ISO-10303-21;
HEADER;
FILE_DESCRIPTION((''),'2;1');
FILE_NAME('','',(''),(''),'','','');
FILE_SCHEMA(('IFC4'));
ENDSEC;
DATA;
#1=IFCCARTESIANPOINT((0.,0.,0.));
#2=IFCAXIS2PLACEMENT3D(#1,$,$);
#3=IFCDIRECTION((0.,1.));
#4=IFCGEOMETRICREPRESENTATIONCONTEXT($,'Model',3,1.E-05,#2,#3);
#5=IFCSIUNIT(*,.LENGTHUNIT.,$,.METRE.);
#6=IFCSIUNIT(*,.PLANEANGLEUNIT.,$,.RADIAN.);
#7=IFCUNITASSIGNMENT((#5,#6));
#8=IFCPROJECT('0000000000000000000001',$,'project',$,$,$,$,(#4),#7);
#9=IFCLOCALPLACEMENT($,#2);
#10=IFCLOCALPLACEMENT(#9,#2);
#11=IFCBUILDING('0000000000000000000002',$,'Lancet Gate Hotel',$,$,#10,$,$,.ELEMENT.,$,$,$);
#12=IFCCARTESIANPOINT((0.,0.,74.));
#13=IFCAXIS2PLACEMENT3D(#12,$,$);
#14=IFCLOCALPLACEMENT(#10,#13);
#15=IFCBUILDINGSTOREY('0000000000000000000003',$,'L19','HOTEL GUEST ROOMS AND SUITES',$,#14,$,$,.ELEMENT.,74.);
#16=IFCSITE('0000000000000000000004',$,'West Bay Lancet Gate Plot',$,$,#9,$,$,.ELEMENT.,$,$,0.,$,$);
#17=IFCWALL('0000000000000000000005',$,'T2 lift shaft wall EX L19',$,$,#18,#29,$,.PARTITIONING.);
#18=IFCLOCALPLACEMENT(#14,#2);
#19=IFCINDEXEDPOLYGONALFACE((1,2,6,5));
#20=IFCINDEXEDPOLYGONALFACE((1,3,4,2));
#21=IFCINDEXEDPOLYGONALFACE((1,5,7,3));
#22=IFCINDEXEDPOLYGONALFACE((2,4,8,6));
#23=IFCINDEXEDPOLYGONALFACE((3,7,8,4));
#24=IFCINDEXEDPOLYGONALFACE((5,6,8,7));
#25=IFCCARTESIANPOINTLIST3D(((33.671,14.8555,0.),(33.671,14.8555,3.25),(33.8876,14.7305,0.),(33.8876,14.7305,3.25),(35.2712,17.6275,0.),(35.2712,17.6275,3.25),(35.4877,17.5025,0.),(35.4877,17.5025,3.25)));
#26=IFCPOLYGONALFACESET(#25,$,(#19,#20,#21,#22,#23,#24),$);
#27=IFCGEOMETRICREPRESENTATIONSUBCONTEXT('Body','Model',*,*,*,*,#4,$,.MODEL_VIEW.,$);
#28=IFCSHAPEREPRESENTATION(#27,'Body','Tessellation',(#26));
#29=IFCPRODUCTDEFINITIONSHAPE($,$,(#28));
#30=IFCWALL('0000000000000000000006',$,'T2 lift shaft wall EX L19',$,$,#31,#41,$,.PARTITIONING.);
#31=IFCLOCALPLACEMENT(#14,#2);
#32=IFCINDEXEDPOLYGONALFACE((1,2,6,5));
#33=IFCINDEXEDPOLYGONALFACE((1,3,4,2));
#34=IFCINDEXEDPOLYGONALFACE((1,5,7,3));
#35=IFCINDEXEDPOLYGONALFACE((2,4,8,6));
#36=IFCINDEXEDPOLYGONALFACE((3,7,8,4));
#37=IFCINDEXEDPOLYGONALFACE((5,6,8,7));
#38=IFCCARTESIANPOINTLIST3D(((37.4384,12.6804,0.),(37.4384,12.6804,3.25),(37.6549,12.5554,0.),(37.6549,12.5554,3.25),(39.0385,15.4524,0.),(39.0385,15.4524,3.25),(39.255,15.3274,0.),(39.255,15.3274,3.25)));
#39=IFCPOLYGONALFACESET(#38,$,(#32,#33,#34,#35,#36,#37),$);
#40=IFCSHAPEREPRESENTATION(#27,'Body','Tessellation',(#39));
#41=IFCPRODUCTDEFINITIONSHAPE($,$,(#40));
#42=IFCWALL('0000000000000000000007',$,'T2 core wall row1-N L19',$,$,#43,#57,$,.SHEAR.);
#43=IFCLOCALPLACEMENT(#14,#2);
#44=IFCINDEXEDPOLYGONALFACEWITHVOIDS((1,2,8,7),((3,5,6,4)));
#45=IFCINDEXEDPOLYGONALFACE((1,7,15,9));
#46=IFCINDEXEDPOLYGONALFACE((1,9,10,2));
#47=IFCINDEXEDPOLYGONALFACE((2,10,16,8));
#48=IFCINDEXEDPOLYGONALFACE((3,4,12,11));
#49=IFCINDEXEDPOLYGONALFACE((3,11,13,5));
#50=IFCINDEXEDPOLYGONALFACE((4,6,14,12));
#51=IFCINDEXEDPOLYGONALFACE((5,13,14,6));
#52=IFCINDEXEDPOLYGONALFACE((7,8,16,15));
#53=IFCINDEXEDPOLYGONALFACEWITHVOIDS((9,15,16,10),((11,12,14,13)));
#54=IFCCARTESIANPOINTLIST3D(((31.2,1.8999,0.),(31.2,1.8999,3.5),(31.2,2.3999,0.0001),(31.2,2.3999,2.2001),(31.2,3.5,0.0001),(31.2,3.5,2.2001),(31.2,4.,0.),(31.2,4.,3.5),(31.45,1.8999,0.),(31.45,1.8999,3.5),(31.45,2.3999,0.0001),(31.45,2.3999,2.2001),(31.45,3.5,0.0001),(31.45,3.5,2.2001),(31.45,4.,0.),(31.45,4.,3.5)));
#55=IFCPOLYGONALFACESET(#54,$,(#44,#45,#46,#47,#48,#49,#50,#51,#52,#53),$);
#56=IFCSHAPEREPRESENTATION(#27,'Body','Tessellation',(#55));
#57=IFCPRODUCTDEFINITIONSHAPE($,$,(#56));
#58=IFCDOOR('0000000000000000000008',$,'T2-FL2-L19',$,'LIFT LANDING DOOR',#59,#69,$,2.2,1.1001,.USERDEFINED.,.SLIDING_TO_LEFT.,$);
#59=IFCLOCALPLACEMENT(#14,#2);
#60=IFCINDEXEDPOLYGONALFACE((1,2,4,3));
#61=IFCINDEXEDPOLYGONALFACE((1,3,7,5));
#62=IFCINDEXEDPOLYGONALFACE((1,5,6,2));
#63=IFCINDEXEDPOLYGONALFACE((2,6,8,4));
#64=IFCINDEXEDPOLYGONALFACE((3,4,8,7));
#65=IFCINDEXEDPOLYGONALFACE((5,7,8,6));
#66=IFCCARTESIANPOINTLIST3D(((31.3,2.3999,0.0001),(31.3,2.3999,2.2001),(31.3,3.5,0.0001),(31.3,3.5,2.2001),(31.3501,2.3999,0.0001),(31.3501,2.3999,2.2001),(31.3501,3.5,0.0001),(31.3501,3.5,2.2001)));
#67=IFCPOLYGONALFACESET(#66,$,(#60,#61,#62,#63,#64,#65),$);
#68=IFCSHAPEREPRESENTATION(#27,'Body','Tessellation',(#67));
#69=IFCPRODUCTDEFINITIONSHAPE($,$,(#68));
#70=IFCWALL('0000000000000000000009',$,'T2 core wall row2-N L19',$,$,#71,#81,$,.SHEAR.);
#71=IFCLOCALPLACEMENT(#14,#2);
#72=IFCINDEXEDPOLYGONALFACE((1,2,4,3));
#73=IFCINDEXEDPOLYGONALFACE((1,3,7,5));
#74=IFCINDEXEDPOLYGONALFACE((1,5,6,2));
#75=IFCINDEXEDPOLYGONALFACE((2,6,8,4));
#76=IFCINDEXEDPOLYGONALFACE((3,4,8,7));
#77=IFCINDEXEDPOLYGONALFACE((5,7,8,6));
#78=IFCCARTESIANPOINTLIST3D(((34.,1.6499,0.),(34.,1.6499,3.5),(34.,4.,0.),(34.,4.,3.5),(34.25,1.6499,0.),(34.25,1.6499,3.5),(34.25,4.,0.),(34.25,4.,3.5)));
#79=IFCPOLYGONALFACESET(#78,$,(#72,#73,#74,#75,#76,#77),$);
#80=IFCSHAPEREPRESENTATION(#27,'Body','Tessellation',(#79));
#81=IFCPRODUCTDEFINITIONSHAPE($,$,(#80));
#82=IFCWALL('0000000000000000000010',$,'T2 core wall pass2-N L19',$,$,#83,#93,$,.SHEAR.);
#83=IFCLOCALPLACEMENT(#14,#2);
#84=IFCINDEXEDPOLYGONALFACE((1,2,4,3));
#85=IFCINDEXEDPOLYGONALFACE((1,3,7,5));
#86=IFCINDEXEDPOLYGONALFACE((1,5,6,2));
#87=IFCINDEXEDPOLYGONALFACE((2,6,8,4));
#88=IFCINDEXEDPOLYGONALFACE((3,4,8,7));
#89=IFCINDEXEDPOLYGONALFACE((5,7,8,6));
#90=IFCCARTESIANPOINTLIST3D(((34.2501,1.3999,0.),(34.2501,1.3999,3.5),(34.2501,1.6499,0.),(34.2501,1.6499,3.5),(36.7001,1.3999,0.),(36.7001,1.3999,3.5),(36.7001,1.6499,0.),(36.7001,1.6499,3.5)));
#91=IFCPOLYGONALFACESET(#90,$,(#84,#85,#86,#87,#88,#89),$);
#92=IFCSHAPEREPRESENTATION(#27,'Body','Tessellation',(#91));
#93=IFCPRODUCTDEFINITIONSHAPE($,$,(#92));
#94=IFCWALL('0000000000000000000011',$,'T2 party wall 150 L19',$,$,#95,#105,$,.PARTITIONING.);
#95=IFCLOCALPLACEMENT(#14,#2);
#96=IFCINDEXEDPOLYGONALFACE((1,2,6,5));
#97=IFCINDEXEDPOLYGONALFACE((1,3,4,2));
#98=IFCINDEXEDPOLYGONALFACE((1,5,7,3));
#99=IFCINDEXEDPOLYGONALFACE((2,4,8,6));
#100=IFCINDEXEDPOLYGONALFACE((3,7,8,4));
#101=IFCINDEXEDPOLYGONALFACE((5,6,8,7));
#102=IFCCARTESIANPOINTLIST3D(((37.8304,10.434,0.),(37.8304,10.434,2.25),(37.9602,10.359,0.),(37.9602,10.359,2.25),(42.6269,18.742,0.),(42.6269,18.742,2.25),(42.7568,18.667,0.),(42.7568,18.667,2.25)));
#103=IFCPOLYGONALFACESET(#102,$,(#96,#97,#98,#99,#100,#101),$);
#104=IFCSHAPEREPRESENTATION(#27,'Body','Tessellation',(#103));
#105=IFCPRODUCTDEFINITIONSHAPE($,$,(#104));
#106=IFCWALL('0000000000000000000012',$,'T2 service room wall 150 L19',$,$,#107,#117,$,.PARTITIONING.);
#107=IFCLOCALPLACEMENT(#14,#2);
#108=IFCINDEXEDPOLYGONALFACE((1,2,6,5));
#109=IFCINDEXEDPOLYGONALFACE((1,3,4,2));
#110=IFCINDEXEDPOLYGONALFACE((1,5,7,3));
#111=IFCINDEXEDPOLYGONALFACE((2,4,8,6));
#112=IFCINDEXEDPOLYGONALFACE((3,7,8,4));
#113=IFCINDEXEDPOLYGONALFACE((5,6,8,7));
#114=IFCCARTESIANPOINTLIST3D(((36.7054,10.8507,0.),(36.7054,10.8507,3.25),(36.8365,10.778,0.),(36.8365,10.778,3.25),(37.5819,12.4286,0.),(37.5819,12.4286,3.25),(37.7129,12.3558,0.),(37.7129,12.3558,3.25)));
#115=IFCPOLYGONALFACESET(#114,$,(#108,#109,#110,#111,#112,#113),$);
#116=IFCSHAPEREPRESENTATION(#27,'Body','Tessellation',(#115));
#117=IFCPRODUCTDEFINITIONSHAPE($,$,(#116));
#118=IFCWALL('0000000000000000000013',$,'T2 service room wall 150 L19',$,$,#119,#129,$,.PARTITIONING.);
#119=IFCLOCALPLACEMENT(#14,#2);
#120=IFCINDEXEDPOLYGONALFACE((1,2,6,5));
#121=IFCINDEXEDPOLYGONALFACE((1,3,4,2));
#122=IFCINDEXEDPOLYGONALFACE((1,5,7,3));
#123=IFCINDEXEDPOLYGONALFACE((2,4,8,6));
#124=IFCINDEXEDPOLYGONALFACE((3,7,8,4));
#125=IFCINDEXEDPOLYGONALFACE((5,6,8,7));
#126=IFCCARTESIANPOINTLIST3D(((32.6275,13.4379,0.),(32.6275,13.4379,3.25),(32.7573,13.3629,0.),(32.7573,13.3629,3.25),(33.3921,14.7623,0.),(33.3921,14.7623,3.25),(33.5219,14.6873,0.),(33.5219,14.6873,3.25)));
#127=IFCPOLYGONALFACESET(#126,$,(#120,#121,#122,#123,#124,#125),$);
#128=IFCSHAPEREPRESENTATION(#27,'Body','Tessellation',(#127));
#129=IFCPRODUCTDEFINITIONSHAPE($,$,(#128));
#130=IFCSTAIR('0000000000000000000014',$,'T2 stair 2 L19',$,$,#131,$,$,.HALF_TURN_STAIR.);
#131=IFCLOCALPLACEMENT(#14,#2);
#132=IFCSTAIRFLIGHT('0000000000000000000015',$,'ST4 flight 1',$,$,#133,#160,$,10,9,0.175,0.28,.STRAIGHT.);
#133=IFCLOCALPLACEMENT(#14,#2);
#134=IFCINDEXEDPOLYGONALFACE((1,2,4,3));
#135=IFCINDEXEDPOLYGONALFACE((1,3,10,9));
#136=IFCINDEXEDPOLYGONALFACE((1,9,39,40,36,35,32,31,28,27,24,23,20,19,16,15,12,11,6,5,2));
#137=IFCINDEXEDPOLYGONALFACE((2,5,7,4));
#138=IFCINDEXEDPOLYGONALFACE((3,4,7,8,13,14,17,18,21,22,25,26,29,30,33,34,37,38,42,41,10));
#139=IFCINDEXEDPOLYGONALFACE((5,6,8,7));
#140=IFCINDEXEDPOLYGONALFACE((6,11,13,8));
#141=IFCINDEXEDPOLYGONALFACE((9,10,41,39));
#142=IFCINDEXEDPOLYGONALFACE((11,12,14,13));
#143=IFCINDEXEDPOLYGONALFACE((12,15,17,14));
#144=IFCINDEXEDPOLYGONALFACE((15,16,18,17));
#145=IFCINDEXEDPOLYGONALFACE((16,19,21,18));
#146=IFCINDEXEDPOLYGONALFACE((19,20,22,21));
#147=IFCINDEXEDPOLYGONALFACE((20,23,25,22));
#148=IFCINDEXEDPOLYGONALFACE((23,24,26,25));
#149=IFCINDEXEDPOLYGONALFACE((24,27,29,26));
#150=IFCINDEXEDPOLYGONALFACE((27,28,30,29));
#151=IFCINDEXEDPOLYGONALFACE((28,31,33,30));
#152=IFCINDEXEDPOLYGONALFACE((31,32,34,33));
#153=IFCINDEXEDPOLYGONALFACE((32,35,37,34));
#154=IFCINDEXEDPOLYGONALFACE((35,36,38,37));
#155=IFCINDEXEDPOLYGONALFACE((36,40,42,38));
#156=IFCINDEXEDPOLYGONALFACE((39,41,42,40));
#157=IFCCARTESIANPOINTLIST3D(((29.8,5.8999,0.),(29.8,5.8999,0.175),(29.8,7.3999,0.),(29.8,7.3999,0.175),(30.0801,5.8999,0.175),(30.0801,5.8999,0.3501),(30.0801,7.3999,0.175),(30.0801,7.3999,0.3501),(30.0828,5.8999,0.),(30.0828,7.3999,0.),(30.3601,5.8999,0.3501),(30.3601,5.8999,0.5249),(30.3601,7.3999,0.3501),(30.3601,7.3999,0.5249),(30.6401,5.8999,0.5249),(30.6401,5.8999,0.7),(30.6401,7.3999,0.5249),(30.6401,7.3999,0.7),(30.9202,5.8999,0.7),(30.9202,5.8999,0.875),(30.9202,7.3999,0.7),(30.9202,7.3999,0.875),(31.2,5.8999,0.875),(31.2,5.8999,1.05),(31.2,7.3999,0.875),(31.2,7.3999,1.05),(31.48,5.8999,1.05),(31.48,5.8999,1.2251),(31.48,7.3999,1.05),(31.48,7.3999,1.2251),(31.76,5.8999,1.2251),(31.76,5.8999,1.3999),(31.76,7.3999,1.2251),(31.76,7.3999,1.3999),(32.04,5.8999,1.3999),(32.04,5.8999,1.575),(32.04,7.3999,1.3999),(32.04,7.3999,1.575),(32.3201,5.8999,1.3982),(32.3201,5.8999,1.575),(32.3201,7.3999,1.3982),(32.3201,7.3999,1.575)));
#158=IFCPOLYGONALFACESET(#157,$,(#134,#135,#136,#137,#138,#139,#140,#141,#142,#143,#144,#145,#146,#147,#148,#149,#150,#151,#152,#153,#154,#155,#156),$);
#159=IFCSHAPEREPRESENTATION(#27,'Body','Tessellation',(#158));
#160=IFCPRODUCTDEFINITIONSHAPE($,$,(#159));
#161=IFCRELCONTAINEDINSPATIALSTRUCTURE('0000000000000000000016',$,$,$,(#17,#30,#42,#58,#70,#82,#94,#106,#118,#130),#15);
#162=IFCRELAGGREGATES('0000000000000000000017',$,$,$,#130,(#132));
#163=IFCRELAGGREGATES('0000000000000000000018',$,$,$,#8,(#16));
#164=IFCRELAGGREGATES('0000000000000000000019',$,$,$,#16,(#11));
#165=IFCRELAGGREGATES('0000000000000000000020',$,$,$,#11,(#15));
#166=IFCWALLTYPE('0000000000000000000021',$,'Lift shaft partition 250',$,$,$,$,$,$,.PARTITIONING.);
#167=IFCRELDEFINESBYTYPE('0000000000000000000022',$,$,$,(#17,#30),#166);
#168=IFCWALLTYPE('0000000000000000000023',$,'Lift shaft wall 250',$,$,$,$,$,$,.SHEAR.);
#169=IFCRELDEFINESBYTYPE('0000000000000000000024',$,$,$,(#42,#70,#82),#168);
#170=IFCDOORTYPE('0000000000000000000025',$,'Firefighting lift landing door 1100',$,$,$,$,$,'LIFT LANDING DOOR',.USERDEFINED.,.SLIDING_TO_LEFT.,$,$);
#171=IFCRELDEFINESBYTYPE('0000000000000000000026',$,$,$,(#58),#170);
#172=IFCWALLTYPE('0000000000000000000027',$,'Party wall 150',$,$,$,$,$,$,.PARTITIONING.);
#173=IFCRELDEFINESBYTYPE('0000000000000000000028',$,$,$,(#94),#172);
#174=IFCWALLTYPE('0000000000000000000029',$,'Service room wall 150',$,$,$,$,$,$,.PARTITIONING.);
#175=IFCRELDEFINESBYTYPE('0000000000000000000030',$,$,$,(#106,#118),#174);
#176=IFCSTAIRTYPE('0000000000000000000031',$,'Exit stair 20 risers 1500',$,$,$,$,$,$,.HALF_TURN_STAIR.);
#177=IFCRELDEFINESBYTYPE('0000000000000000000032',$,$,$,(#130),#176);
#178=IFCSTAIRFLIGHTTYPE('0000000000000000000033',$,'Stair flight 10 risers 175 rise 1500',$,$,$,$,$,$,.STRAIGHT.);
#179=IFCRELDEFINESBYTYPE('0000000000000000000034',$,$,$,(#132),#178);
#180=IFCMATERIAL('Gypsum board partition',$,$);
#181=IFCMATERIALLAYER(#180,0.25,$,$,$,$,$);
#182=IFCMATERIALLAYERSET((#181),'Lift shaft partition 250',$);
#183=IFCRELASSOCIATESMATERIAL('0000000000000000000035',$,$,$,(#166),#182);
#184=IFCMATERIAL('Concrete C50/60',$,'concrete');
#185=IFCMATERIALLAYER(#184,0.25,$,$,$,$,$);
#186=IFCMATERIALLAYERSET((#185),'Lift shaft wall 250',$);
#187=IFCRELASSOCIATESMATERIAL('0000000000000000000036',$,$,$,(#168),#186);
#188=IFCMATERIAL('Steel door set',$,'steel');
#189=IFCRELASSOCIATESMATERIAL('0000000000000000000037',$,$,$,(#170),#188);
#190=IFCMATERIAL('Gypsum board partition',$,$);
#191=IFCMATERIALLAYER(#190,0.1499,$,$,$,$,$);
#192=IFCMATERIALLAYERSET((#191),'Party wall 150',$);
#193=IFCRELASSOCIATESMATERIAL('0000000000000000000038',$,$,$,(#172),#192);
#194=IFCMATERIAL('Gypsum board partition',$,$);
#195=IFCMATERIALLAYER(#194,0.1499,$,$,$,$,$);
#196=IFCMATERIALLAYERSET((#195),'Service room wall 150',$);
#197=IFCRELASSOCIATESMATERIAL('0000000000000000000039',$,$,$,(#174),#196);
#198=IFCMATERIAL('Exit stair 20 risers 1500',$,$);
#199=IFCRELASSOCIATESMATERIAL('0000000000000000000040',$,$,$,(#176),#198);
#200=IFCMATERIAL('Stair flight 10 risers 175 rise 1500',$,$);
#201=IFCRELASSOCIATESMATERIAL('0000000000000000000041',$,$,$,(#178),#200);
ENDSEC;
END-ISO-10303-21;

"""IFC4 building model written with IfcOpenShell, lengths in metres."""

from ifc_helpers import new_model, si_unit, direction, frame, frame_2d, origin, place, context, subcontext, project, spatial, polyline, rectangle, outline, extrude, material, layer, layer_set, type_object, element, fill, aggregate, save


model = new_model("IFC4")

# Units and contexts
model_context = context("Model", 3, precision=1e-05, world=origin(), true_north=direction((0.0, 1.0)))
body_context = subcontext(model_context, "Body", "Model", "MODEL_VIEW")
ifc_project = project(units=[si_unit("LENGTHUNIT", "METRE"), si_unit("PLANEANGLEUNIT", "RADIAN")], contexts=[model_context])

# Site, building, storey
site_placement = place(None, origin())
site = spatial("IfcSite", under=ifc_project, at=site_placement, Name="West Bay Lancet Gate Plot", CompositionType="ELEMENT", RefElevation=0.0)
building_placement = place(site_placement, origin())
building = spatial("IfcBuilding", under=site, at=building_placement, Name="Lancet Gate Hotel", CompositionType="ELEMENT")
storey_placement = place(building_placement, frame((0.0, 0.0, 74.0)))
storey = spatial("IfcBuildingStorey", under=building, at=storey_placement, Name="L19", Description="HOTEL GUEST ROOMS AND SUITES", CompositionType="ELEMENT", Elevation=74.0)

# Walls
ifc_material_1 = material(Name="Gypsum board partition")
ifc_layer_1 = layer(ifc_material_1, 0.25)
ifc_layer_set_1 = layer_set([ifc_layer_1], Name="Lift shaft partition 250")
wall_type_1 = type_object("IfcWallType", Name="Lift shaft partition 250", PredefinedType="PARTITIONING", material=ifc_layer_set_1)
for number, where, z_axis, x_axis, name in (
    (1, (33.7793, 14.793, 0.0), (0.0, 0.0, 1.0), (0.499929, 0.866066, 0.0), "T2 lift shaft wall EX L19"),
    (2, (37.5466, 12.6179, 0.0), (0.0, 0.0, 1.0), (0.499929, 0.866066, 0.0), "T2 lift shaft wall EX L19"),
):
    element("IfcWall", number, at=place(storey_placement, frame(where, z_axis=z_axis, x_axis=x_axis)), inside=storey, type_object=wall_type_1, Name=name, PredefinedType="PARTITIONING", context=body_context, shape_type="SweptSolid", body=[
        extrude(rectangle(XDim=3.2007, YDim=0.25, at=frame_2d((1.6003, 0.0))), origin(), (0.0, 0.0, 1.0), 3.25),
    ])

# Wall, opening, door
ifc_material_2 = material(Name="Concrete C50/60", Category="concrete")
ifc_layer_2 = layer(ifc_material_2, 0.25)
ifc_layer_set_2 = layer_set([ifc_layer_2], Name="Lift shaft wall 250")
wall_type_2 = type_object("IfcWallType", Name="Lift shaft wall 250", PredefinedType="SHEAR", material=ifc_layer_set_2)
wall_1_placement = place(storey_placement, frame((31.325, 1.8999, 0.0), z_axis=(0.0, 0.0, 1.0), x_axis=(0.0, 1.0, 0.0)))
wall_1 = element("IfcWall", 3, at=wall_1_placement, inside=storey, type_object=wall_type_2, Name="T2 core wall row1-N L19", PredefinedType="SHEAR", context=body_context, shape_type="SweptSolid", body=[
    extrude(rectangle(XDim=2.1001, YDim=0.25, at=frame_2d((1.05, 0.0))), origin(), (0.0, 0.0, 1.0), 3.5),
])
opening_1_placement = place(wall_1_placement, frame((0.5, 0.0, 0.0)))
opening_1 = element("IfcOpeningElement", 4, at=opening_1_placement, cuts=wall_1, PredefinedType="OPENING", context=body_context, shape_type="SweptSolid", body=[
    extrude(rectangle(XDim=1.1001, YDim=2.2, at=frame_2d((0.55, 1.1001))), frame((0.0, 0.135, 0.0), z_axis=(0.0, -1.0, 0.0), x_axis=(1.0, 0.0, 0.0)), (0.0, 0.0, 1.0), 0.27),
])
ifc_material_3 = material(Name="Steel door set", Category="steel")
door_type_1 = type_object("IfcDoorType", Name="Firefighting lift landing door 1100", ElementType="LIFT LANDING DOOR", OperationType="SLIDING_TO_LEFT", PredefinedType="USERDEFINED", material=ifc_material_3)
door_1_placement = place(opening_1_placement, origin())
door_1 = element("IfcDoor", 5, at=door_1_placement, inside=storey, type_object=door_type_1, Name="T2-FL2-L19", ObjectType="LIFT LANDING DOOR", OperationType="SLIDING_TO_LEFT", OverallHeight=2.2, OverallWidth=1.1001, PredefinedType="USERDEFINED", context=body_context, shape_type="SweptSolid", body=[
    extrude(rectangle(XDim=1.1001, YDim=2.2, at=frame_2d((0.55, 1.1001))), frame((0.0, 0.0249, 0.0), z_axis=(0.0, -1.0, 0.0), x_axis=(1.0, 0.0, 0.0)), (0.0, 0.0, 1.0), 0.05),
])
fill(opening_1, door_1)

# Walls
wall_2_placement = place(storey_placement, frame((34.125, 1.6499, 0.0), z_axis=(0.0, 0.0, 1.0), x_axis=(0.0, 1.0, 0.0)))
element("IfcWall", 6, at=wall_2_placement, inside=storey, type_object=wall_type_2, Name="T2 core wall row2-N L19", PredefinedType="SHEAR", context=body_context, shape_type="SweptSolid", body=[
    extrude(rectangle(XDim=2.3501, YDim=0.25, at=frame_2d((1.175, 0.0))), origin(), (0.0, 0.0, 1.0), 3.5),
])
wall_3_placement = place(storey_placement, frame((34.25, 1.5249, 0.0), z_axis=(0.0, 0.0, 1.0), x_axis=(1.0, 0.0, 0.0)))
element("IfcWall", 7, at=wall_3_placement, inside=storey, type_object=wall_type_2, Name="T2 core wall pass2-N L19", PredefinedType="SHEAR", context=body_context, shape_type="SweptSolid", body=[
    extrude(rectangle(XDim=2.45, YDim=0.25, at=frame_2d((1.2251, 0.0))), origin(), (0.0, 0.0, 1.0), 3.5),
])
ifc_material_4 = material(Name="Gypsum board partition")
ifc_layer_3 = layer(ifc_material_4, 0.1499)
ifc_layer_set_3 = layer_set([ifc_layer_3], Name="Party wall 150")
wall_type_3 = type_object("IfcWallType", Name="Party wall 150", PredefinedType="PARTITIONING", material=ifc_layer_set_3)
wall_4_placement = place(storey_placement, frame((37.8953, 10.3965, 0.0), z_axis=(0.0, 0.0, 1.0), x_axis=(0.499996, 0.866028, 0.0)))
element("IfcWall", 8, at=wall_4_placement, inside=storey, type_object=wall_type_3, Name="T2 party wall 150 L19", PredefinedType="PARTITIONING", context=body_context, shape_type="SweptSolid", body=[
    extrude(rectangle(XDim=9.5933, YDim=0.1499, at=frame_2d((4.7966, 0.0))), origin(), (0.0, 0.0, 1.0), 2.25),
])
ifc_material_5 = material(Name="Gypsum board partition")
ifc_layer_4 = layer(ifc_material_5, 0.1499)
ifc_layer_set_4 = layer_set([ifc_layer_4], Name="Service room wall 150")
wall_type_4 = type_object("IfcWallType", Name="Service room wall 150", PredefinedType="PARTITIONING", material=ifc_layer_set_4)
wall_5_placement = place(storey_placement, frame((36.771, 10.8145, 0.0), z_axis=(0.0, 0.0, 1.0), x_axis=(0.485586, 0.874189, 0.0)))
element("IfcWall", 9, at=wall_5_placement, inside=storey, type_object=wall_type_4, Name="T2 service room wall 150 L19", PredefinedType="PARTITIONING", context=body_context, shape_type="SweptSolid", body=[
    extrude(rectangle(XDim=1.8049, YDim=0.1499, at=frame_2d((0.9023, 0.0))), origin(), (0.0, 0.0, 1.0), 3.25),
])
wall_6_placement = place(storey_placement, frame((32.6924, 13.4004, 0.0), z_axis=(0.0, 0.0, 1.0), x_axis=(0.499985, 0.866034, 0.0)))
element("IfcWall", 10, at=wall_6_placement, inside=storey, type_object=wall_type_4, Name="T2 service room wall 150 L19", PredefinedType="PARTITIONING", context=body_context, shape_type="SweptSolid", body=[
    extrude(rectangle(XDim=1.5293, YDim=0.1499, at=frame_2d((0.7646, 0.0))), origin(), (0.0, 0.0, 1.0), 3.25),
])

# Stair, stair flight
ifc_material_6 = material(Name="Exit stair 20 risers 1500")
stair_type = type_object("IfcStairType", Name="Exit stair 20 risers 1500", PredefinedType="HALF_TURN_STAIR", material=ifc_material_6)
stair_placement = place(storey_placement, origin())
stair = element("IfcStair", 11, at=stair_placement, inside=storey, type_object=stair_type, Name="T2 stair 2 L19", PredefinedType="HALF_TURN_STAIR")
ifc_material_7 = material(Name="Stair flight 10 risers 175 rise 1500")
stair_flight_type = type_object("IfcStairFlightType", Name="Stair flight 10 risers 175 rise 1500", PredefinedType="STRAIGHT", material=ifc_material_7)
stair_flight_1_placement = place(storey_placement, frame((29.8, 6.6499, 0.0), z_axis=(0.0, 0.0, 1.0), x_axis=(1.0, 0.0, 0.0)))
stair_flight_1 = element("IfcStairFlight", 12, at=stair_flight_1_placement, type_object=stair_flight_type, Name="ST4 flight 1", NumberOfRisers=10, NumberOfTreads=9, PredefinedType="STRAIGHT", RiserHeight=0.175, TreadLength=0.28, context=body_context, shape_type="SweptSolid", body=[
    extrude(outline(polyline([(0.0, 0.0), (0.0, 0.175), (0.28, 0.175), (0.28, 0.3501), (0.5601, 0.3501), (0.5601, 0.5249), (0.8401, 0.5249), (0.8401, 0.7), (1.1201, 0.7), (1.1201, 0.875), (1.3999, 0.875), (1.3999, 1.05), (1.6799, 1.05), (1.6799, 1.2251), (1.96, 1.2251), (1.96, 1.3999), (2.24, 1.3999), (2.24, 1.575), (2.52, 1.575), (2.52, 1.75), (2.52, 1.3982), (0.2827, 0.0), (0.0, 0.0)])), frame((0.0, 0.75, 0.0), z_axis=(0.0, -1.0, 0.0), x_axis=(1.0, 0.0, 0.0)), (0.0, 0.0, 1.0), 1.5),
])
aggregate(stair, [stair_flight_1])

save(model, "model.ifc")
